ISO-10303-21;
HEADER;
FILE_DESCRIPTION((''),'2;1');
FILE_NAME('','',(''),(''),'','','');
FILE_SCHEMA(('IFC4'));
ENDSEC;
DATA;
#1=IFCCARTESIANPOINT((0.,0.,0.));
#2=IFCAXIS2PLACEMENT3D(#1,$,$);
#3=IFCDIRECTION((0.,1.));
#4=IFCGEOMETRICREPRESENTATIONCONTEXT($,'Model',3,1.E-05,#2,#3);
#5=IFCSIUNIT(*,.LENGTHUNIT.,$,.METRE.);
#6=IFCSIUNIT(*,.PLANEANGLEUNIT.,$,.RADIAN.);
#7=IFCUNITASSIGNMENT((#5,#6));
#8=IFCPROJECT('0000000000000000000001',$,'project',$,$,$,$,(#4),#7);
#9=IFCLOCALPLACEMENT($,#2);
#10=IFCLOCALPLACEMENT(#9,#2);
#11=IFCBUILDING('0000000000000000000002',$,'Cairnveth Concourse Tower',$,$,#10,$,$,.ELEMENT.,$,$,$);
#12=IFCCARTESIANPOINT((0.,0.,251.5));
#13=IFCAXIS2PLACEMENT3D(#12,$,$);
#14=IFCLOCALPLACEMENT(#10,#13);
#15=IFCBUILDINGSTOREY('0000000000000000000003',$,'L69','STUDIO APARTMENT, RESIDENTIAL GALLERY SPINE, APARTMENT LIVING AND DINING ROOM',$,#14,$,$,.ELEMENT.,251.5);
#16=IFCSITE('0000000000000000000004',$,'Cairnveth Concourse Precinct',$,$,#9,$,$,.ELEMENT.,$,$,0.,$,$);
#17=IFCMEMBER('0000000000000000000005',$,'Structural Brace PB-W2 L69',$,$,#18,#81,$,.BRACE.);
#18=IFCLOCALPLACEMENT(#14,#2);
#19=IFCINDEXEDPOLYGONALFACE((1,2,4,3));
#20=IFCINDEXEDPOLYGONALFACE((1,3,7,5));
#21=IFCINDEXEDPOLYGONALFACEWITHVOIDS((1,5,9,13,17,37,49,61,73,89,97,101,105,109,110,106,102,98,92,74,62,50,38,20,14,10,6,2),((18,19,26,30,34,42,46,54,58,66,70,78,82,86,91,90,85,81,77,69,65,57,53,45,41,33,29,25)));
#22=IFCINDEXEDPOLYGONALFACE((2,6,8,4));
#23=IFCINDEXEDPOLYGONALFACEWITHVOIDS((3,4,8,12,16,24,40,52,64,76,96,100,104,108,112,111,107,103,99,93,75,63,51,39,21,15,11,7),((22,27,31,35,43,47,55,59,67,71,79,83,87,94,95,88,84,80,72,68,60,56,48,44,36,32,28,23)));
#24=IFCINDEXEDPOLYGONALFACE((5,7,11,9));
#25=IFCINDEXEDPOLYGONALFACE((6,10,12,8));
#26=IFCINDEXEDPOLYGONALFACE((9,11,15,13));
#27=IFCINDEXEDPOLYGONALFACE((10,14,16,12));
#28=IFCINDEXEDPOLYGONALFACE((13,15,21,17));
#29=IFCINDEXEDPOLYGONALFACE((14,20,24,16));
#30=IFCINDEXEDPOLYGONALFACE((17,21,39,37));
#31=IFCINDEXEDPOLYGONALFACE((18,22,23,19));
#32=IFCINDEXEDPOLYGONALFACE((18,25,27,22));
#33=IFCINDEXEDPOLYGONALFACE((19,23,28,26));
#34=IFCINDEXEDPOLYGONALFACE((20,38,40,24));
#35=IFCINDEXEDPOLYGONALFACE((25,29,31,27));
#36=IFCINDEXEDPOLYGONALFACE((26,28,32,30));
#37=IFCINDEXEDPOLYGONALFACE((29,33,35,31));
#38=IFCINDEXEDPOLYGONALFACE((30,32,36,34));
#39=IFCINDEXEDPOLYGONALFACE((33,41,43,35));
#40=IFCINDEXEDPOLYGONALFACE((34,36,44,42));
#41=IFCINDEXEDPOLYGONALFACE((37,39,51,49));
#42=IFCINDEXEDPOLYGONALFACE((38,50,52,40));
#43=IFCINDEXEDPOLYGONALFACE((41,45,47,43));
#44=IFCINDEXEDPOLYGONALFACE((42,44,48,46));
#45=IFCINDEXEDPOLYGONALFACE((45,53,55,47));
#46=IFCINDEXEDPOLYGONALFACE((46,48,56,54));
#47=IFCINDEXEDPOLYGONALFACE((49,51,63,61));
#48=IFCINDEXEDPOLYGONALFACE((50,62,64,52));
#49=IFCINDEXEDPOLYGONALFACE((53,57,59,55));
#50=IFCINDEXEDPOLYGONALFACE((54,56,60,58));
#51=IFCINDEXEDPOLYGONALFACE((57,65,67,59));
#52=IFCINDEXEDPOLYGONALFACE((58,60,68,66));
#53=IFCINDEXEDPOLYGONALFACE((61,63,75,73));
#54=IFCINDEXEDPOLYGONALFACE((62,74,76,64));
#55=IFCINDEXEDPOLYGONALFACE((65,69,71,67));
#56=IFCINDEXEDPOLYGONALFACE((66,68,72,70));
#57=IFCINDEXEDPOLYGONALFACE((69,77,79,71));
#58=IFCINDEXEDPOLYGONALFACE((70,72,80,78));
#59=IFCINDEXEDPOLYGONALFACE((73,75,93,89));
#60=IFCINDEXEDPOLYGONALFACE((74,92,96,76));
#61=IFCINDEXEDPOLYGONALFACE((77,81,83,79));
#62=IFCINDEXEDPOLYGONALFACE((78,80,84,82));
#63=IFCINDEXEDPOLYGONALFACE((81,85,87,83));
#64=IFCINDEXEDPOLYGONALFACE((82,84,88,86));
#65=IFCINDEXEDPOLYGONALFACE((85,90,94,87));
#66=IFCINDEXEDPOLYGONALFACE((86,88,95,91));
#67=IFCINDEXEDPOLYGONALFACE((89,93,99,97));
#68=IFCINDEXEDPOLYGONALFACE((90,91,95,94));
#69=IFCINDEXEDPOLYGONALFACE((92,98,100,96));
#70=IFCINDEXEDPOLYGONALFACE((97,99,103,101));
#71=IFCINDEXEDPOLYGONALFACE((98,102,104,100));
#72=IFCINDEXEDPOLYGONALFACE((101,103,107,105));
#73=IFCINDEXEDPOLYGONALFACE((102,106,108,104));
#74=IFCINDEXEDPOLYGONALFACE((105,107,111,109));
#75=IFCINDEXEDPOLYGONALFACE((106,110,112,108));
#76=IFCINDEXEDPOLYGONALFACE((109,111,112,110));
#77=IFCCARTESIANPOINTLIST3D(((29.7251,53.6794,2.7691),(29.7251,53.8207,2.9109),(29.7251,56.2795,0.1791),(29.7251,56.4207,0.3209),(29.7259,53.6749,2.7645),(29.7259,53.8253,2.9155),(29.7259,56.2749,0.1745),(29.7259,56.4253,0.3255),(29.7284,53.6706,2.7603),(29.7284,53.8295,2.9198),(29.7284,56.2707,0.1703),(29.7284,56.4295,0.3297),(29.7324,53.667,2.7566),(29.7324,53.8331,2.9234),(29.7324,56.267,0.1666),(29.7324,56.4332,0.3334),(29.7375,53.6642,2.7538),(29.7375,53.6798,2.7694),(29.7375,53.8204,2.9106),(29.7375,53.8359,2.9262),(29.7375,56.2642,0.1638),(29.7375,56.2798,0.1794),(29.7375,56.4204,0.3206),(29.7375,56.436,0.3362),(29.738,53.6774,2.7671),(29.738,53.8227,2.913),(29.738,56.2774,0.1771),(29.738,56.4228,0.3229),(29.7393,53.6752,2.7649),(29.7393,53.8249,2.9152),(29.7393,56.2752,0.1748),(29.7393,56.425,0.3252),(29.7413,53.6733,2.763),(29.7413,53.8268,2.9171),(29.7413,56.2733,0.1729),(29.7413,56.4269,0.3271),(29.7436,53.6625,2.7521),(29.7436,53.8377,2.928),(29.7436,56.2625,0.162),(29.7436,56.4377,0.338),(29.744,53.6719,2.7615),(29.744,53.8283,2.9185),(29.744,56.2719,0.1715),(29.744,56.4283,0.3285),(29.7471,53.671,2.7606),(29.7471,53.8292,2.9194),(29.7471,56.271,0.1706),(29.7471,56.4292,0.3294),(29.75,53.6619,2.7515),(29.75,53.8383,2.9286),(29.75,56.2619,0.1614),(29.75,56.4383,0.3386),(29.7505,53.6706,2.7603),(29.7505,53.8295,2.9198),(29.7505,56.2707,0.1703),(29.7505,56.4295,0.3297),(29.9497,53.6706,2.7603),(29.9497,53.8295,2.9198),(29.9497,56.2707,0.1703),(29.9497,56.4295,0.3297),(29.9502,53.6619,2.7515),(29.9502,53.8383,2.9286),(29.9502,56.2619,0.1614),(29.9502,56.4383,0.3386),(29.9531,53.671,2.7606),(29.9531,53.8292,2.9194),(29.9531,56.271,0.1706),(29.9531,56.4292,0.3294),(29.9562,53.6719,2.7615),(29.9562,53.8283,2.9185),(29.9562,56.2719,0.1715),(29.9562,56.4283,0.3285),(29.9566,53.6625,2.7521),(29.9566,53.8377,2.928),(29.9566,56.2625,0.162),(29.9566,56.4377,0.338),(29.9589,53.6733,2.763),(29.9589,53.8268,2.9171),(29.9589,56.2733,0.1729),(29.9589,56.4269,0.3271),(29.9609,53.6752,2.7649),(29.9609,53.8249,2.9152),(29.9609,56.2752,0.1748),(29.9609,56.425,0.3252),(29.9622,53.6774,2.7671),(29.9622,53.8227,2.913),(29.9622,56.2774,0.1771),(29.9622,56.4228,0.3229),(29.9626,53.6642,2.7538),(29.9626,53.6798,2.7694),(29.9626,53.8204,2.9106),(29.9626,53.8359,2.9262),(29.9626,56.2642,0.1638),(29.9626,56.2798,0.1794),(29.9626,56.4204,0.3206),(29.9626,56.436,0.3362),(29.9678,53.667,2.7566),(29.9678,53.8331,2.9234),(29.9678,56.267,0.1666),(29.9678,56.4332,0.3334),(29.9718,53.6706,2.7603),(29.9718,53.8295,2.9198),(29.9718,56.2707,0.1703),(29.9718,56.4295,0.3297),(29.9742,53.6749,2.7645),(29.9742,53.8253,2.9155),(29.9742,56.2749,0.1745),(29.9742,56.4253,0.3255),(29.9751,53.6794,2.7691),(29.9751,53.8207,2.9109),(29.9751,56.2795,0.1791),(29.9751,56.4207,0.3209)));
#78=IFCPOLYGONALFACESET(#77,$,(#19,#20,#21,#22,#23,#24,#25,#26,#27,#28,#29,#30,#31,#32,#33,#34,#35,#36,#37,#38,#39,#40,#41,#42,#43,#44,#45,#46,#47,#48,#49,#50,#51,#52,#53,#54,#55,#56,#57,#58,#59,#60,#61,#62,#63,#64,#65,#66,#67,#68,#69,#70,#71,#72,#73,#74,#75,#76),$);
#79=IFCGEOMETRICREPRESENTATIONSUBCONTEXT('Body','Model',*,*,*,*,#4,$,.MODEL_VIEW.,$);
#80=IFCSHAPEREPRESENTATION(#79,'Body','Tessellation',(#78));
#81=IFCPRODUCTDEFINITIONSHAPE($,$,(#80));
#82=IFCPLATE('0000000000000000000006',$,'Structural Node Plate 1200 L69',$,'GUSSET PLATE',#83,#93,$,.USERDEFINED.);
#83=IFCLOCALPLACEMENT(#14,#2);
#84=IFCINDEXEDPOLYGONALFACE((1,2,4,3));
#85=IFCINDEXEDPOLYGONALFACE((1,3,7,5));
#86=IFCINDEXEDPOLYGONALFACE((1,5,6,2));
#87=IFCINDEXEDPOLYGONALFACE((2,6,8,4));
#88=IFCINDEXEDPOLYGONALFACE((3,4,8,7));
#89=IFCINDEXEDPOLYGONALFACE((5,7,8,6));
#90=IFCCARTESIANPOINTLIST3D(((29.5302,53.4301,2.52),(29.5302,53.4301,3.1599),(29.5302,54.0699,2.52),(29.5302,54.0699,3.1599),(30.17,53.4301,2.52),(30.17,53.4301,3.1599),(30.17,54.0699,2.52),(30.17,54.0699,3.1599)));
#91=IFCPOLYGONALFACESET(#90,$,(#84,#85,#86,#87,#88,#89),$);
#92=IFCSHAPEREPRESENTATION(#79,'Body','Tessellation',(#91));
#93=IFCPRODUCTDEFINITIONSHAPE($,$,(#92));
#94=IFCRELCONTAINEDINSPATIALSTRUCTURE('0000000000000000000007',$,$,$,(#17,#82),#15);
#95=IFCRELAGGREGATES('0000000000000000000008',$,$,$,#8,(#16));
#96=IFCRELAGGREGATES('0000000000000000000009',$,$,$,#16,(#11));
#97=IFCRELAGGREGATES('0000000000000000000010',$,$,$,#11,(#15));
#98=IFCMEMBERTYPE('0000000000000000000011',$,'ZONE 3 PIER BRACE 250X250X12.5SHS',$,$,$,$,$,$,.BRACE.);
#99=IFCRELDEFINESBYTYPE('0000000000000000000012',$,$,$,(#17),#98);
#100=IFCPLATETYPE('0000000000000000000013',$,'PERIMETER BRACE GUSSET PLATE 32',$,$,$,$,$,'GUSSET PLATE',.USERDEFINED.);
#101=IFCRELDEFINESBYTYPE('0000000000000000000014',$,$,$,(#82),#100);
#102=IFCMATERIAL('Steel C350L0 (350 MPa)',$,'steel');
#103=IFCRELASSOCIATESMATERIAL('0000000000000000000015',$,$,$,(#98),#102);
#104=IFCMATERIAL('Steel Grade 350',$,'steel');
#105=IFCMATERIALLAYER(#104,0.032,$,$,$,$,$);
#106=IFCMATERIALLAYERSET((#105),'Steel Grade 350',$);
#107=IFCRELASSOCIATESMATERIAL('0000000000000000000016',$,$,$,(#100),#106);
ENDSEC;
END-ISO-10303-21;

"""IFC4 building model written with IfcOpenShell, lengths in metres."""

from ifc_helpers import new_model, si_unit, direction, frame, origin, origin_2d, place, context, subcontext, project, spatial, rectangle, hollow_rectangle, extrude, material, layer, layer_set, material_profile, profile_set, type_object, element, save


model = new_model("IFC4")

# Units and contexts
model_context = context("Model", 3, precision=1e-05, world=origin(), true_north=direction((0.0, 1.0)))
body_context = subcontext(model_context, "Body", "Model", "MODEL_VIEW")
ifc_project = project(units=[si_unit("LENGTHUNIT", "METRE"), si_unit("PLANEANGLEUNIT", "RADIAN")], contexts=[model_context])

# Site, building, storey
site_placement = place(None, origin())
site = spatial("IfcSite", under=ifc_project, at=site_placement, Name="Cairnveth Concourse Precinct", CompositionType="ELEMENT", RefElevation=0.0)
building_placement = place(site_placement, origin())
building = spatial("IfcBuilding", under=site, at=building_placement, Name="Cairnveth Concourse Tower", CompositionType="ELEMENT")
storey_placement = place(building_placement, frame((0.0, 0.0, 251.5)))
storey = spatial("IfcBuildingStorey", under=building, at=storey_placement, Name="L69", Description="STUDIO APARTMENT, RESIDENTIAL GALLERY SPINE, APARTMENT LIVING AND DINING ROOM", CompositionType="ELEMENT", Elevation=251.5)

# Member
ifc_material_1 = material(Name="Steel C350L0 (350 MPa)", Category="steel")
ifc_material_profile = material_profile(ifc_material_1, hollow_rectangle(XDim=0.25, YDim=0.25, WallThickness=0.0125, InnerFilletRadius=0.0129, OuterFilletRadius=0.0249, at=origin_2d()), Name="250x250x12.5SHS")
ifc_profile_set = profile_set([ifc_material_profile], Name="Steel C350L0 (350 MPa)")
member_type = type_object("IfcMemberType", Name="ZONE 3 PIER BRACE 250X250X12.5SHS", PredefinedType="BRACE", material=ifc_profile_set)
member_placement = place(storey_placement, frame((29.8501, 56.3501, 0.25), z_axis=(0.0, -0.708469, 0.705742), x_axis=(1.0, 0.0, 0.0)))
element("IfcMember", 1, at=member_placement, inside=storey, type_object=member_type, Name="Structural Brace PB-W2 L69", PredefinedType="BRACE", context=body_context, shape_type="SweptSolid", body=[
    extrude(hollow_rectangle(XDim=0.25, YDim=0.25, WallThickness=0.0125, InnerFilletRadius=0.0129, OuterFilletRadius=0.0249, at=origin_2d()), origin(), (0.0, 0.0, 1.0), 3.6699),
])

# Plate
ifc_material_2 = material(Name="Steel Grade 350", Category="steel")
ifc_layer_1 = layer(ifc_material_2, 0.032)
ifc_layer_set_1 = layer_set([ifc_layer_1], Name="Steel Grade 350")
plate_type = type_object("IfcPlateType", Name="PERIMETER BRACE GUSSET PLATE 32", ElementType="GUSSET PLATE", PredefinedType="USERDEFINED", material=ifc_layer_set_1)
plate_placement = place(storey_placement, frame((29.8501, 53.75, 2.52), z_axis=(0.0, 0.0, 1.0), x_axis=(1.0, 0.0, 0.0)))
element("IfcPlate", 2, at=plate_placement, inside=storey, type_object=plate_type, Name="Structural Node Plate 1200 L69", ObjectType="GUSSET PLATE", PredefinedType="USERDEFINED", context=body_context, shape_type="SweptSolid", body=[
    extrude(rectangle(XDim=0.6399, YDim=0.6399, at=origin_2d()), origin(), (0.0, 0.0, 1.0), 0.6399),
])

save(model, "model.ifc")
